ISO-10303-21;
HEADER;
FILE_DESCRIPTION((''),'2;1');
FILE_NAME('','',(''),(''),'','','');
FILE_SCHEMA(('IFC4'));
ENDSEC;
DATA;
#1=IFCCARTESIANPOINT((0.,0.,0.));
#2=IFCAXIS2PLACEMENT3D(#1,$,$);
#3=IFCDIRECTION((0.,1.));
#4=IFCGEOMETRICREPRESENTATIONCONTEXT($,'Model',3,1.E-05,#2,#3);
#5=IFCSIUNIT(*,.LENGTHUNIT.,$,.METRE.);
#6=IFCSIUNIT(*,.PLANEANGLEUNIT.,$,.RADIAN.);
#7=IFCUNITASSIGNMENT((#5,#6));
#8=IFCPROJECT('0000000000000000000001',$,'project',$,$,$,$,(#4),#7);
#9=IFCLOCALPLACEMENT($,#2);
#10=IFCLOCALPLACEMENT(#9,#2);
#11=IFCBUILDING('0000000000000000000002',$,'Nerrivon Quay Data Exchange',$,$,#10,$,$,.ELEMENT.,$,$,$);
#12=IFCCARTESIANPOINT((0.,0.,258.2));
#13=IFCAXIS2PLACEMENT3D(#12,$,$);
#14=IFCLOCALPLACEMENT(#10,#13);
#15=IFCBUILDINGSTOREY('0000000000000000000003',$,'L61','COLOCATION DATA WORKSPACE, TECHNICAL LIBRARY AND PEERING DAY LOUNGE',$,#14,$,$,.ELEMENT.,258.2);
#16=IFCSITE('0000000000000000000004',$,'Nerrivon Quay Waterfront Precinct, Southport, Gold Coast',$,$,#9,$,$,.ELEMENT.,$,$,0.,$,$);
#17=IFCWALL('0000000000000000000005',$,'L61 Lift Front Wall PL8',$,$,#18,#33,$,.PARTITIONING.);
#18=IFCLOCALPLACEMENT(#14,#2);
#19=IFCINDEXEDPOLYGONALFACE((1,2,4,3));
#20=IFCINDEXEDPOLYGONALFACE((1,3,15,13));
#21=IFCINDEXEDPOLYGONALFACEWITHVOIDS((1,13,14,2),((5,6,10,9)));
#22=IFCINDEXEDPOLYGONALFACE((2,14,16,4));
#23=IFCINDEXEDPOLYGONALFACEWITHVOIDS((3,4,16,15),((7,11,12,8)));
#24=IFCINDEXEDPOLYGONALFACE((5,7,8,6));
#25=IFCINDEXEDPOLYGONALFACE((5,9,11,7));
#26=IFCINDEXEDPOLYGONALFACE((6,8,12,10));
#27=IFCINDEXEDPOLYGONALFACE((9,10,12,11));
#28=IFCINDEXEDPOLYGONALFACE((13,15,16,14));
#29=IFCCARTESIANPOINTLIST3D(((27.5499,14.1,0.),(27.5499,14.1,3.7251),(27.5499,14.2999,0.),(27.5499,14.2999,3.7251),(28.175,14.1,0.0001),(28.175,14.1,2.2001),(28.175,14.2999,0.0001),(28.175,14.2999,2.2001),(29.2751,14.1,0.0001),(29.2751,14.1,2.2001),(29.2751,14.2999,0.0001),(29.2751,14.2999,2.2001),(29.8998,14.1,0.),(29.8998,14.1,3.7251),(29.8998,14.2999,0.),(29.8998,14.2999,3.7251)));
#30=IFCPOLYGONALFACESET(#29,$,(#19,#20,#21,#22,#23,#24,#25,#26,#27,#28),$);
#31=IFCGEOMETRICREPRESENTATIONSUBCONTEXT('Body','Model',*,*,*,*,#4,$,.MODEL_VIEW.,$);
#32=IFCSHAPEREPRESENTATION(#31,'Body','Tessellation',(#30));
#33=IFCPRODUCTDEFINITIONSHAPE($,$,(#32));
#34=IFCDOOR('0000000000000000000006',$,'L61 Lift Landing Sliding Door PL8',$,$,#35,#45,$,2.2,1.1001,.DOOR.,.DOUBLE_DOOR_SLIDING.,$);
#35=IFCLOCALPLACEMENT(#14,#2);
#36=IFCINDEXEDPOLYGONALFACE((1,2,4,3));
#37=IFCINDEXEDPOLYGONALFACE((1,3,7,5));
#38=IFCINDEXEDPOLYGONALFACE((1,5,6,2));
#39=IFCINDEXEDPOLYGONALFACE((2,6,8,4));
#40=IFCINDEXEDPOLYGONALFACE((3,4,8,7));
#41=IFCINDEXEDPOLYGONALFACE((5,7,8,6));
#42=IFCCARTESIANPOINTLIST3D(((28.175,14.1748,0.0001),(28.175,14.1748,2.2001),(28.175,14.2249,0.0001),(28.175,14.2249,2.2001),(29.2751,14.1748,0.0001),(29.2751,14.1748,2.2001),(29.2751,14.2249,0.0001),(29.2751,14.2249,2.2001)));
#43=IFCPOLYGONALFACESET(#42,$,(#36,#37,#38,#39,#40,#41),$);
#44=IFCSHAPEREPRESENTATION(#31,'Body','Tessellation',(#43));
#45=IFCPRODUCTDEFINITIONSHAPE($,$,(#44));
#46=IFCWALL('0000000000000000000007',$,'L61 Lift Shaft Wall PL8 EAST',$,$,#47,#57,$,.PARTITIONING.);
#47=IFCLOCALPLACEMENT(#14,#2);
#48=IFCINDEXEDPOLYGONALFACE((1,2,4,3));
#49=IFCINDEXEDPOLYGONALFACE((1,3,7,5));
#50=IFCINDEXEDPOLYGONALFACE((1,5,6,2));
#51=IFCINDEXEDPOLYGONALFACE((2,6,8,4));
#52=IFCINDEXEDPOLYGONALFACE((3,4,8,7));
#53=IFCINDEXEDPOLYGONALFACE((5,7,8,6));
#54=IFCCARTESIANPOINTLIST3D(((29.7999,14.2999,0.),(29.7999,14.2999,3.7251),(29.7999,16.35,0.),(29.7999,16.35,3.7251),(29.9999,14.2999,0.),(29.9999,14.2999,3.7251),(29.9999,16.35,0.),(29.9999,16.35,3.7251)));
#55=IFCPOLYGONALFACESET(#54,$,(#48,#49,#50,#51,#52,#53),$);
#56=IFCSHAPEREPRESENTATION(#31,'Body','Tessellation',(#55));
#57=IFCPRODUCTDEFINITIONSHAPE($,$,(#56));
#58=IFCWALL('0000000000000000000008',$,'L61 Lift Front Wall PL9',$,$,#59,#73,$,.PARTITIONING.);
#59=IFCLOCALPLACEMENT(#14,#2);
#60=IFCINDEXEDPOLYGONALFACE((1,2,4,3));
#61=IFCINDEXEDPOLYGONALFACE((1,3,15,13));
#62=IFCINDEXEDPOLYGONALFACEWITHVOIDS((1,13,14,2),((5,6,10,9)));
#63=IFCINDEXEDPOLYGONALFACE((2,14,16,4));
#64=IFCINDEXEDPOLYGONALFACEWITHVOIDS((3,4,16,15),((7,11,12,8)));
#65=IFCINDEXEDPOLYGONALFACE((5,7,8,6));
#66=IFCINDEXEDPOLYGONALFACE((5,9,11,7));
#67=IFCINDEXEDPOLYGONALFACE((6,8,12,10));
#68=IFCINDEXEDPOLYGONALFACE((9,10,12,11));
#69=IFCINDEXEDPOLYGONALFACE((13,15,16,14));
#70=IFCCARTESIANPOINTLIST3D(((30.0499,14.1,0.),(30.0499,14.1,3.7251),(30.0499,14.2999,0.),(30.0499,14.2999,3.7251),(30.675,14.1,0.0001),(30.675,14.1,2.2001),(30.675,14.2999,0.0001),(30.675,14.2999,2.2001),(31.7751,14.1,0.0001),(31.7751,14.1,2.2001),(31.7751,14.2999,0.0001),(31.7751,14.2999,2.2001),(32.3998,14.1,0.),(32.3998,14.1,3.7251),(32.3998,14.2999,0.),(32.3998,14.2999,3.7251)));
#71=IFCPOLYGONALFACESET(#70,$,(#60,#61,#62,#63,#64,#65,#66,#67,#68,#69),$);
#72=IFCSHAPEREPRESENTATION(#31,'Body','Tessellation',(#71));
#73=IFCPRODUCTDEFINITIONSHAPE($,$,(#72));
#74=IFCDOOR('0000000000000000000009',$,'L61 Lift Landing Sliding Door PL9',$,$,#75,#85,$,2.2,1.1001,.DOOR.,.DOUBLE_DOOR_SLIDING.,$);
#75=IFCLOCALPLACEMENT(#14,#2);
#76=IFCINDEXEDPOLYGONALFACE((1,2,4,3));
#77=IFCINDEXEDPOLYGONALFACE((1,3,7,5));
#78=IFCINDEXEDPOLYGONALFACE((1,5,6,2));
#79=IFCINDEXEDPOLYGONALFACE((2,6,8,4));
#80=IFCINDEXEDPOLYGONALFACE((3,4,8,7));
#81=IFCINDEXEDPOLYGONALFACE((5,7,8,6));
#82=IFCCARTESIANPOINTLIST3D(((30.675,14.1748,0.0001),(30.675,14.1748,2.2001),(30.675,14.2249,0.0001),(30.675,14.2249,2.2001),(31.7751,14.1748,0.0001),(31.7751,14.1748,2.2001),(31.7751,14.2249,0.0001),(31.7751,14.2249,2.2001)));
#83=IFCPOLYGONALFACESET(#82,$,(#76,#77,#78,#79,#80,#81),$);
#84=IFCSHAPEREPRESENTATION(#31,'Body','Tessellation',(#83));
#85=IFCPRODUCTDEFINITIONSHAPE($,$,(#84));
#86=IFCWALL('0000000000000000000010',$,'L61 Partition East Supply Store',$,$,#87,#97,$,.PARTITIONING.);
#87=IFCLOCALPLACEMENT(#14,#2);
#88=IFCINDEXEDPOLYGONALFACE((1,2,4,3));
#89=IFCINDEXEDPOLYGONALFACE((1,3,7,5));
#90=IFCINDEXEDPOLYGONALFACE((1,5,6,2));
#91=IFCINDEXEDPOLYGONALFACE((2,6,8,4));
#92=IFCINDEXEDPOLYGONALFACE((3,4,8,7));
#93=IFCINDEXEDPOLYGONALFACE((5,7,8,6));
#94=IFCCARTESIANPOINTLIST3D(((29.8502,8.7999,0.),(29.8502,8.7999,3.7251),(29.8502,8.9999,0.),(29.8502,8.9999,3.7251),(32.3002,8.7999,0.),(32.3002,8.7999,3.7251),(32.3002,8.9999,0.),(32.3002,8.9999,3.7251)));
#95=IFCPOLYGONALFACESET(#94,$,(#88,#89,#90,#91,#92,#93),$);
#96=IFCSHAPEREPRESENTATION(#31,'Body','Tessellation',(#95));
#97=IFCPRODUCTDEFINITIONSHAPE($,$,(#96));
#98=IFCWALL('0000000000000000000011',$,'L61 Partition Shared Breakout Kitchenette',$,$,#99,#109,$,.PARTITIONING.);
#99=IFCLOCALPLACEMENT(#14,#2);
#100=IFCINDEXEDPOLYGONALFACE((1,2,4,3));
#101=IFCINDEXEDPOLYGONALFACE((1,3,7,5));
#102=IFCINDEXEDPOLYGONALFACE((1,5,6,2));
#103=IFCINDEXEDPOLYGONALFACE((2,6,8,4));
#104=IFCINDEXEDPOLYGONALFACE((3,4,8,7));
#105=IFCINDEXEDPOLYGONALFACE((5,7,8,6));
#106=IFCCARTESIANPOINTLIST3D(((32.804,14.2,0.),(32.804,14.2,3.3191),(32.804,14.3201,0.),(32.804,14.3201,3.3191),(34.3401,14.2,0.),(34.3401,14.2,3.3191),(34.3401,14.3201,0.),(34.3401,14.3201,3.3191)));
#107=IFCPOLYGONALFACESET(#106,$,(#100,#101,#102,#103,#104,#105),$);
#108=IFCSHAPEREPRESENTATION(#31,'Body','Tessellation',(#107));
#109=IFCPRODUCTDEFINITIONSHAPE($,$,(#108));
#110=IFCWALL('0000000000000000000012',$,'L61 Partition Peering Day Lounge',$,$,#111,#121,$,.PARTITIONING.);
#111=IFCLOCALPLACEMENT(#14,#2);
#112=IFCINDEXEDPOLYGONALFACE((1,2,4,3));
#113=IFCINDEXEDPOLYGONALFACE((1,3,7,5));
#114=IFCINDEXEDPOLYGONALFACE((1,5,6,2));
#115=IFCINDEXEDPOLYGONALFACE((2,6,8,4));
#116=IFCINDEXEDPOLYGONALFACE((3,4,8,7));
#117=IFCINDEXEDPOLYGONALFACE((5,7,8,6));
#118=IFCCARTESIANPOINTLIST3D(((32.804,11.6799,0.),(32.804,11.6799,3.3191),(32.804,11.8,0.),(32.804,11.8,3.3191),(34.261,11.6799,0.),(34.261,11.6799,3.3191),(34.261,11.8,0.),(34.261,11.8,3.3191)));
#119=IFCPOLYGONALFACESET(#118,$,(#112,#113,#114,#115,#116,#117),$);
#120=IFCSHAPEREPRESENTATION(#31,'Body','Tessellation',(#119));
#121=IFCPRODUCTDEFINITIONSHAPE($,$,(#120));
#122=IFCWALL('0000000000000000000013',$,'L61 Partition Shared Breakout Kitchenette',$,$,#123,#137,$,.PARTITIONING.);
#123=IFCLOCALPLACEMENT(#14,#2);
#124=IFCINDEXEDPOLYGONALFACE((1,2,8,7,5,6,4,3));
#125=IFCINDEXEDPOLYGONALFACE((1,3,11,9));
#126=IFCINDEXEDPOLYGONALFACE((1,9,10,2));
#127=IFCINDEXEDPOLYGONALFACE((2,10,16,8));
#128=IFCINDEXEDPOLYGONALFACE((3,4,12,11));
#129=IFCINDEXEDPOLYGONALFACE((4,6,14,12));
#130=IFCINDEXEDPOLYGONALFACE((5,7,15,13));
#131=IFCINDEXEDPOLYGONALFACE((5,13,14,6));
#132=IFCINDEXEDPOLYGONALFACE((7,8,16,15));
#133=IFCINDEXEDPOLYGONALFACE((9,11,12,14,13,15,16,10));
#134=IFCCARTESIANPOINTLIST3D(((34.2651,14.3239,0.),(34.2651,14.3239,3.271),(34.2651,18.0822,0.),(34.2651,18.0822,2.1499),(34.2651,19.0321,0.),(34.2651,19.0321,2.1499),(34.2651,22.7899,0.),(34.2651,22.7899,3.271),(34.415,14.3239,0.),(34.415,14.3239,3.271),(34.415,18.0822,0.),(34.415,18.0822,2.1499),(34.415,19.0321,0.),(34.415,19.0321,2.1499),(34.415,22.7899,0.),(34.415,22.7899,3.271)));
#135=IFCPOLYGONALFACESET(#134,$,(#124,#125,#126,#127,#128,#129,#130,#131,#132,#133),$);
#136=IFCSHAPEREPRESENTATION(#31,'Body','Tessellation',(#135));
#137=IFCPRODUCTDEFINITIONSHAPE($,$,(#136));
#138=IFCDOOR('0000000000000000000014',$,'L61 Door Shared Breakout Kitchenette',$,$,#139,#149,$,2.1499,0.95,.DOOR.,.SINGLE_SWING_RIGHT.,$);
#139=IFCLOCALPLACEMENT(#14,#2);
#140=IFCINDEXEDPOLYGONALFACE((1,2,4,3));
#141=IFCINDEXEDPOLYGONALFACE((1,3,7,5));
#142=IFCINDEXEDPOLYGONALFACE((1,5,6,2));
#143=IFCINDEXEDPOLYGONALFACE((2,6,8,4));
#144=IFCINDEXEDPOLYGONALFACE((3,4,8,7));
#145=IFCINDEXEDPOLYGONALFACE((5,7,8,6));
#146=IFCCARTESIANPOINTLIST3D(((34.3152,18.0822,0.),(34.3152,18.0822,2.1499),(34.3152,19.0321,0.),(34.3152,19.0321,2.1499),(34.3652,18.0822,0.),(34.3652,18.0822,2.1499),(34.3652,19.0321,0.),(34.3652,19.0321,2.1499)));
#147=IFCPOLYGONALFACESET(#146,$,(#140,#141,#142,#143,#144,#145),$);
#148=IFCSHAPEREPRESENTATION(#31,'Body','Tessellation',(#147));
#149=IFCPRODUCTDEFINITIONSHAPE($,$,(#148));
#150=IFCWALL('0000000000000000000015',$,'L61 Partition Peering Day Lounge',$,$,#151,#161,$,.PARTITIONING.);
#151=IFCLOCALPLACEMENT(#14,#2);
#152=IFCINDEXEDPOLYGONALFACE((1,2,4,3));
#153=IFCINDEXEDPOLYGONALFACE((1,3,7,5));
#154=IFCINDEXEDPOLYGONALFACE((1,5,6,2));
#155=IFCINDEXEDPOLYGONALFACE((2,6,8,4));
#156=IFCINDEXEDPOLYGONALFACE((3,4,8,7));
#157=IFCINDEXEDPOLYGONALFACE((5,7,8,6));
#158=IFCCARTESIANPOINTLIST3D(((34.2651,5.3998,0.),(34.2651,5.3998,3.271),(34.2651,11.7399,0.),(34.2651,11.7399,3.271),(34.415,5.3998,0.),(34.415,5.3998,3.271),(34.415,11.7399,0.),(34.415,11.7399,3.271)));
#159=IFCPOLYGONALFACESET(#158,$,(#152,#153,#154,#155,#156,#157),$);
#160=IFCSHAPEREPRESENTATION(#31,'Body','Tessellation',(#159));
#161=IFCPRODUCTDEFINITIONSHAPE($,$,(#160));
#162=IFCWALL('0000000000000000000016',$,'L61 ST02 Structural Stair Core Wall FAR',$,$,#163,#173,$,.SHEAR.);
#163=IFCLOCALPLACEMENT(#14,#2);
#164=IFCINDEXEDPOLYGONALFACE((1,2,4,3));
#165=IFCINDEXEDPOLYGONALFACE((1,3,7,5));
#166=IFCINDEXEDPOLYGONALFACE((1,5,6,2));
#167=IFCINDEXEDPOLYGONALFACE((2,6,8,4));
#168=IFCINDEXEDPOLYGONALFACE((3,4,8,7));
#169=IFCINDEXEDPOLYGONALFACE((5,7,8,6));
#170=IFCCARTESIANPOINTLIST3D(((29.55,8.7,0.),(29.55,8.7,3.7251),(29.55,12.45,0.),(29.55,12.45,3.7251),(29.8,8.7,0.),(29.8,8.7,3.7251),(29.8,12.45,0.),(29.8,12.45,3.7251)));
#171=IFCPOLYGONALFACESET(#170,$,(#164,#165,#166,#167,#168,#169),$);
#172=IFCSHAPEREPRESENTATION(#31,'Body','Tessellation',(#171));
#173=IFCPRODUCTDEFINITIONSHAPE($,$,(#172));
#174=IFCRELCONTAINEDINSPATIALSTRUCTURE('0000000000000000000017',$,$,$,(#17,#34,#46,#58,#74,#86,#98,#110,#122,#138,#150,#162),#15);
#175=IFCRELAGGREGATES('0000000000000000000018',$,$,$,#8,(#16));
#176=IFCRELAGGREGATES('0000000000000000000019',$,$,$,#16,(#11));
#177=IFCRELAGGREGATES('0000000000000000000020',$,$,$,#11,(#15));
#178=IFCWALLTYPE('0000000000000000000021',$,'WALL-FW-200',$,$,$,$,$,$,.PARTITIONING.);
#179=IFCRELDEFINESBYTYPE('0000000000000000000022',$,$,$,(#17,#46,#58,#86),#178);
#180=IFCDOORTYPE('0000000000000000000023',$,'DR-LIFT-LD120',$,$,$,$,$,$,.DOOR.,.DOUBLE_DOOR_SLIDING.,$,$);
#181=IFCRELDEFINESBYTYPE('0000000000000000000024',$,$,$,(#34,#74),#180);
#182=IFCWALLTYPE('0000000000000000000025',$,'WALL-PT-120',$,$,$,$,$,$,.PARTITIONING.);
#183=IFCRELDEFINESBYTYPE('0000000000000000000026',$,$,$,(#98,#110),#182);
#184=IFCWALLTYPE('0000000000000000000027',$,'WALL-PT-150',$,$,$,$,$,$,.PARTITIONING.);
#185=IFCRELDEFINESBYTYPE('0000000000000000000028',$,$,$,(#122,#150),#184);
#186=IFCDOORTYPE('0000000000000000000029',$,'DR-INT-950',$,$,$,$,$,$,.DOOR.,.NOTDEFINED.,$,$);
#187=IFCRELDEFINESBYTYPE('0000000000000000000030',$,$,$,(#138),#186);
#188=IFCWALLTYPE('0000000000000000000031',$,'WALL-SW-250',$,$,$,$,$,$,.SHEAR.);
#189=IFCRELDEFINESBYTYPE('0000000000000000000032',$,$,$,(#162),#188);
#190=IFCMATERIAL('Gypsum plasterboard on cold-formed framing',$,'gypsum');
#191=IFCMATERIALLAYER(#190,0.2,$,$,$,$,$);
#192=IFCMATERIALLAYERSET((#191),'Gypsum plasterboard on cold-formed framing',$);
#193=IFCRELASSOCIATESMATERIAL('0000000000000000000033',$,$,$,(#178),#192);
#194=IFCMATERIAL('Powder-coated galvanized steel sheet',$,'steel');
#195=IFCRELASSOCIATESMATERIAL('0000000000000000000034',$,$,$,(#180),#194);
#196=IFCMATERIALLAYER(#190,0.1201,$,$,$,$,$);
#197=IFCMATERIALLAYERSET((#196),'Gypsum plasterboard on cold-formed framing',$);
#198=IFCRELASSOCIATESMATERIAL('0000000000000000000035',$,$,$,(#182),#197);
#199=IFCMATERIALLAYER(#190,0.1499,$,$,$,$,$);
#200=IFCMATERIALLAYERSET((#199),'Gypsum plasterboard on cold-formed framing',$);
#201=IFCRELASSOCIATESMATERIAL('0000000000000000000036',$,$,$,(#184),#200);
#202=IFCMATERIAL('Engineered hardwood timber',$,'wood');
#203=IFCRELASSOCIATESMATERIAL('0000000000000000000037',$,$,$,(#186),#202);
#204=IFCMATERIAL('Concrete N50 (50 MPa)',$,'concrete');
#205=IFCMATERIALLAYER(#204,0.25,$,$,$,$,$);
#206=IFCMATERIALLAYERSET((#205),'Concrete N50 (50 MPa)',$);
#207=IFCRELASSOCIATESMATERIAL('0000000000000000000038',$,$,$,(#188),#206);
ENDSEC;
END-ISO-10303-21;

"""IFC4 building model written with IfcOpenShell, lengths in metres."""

from ifc_helpers import new_model, si_unit, direction, frame, frame_2d, origin, place, context, subcontext, project, spatial, rectangle, extrude, material, layer, layer_set, type_object, element, fill, save


model = new_model("IFC4")

# Units and contexts
model_context = context("Model", 3, precision=1e-05, world=origin(), true_north=direction((0.0, 1.0)))
body_context = subcontext(model_context, "Body", "Model", "MODEL_VIEW")
ifc_project = project(units=[si_unit("LENGTHUNIT", "METRE"), si_unit("PLANEANGLEUNIT", "RADIAN")], contexts=[model_context])

# Site, building, storey
site_placement = place(None, origin())
site = spatial("IfcSite", under=ifc_project, at=site_placement, Name="Nerrivon Quay Waterfront Precinct, Southport, Gold Coast", CompositionType="ELEMENT", RefElevation=0.0)
building_placement = place(site_placement, origin())
building = spatial("IfcBuilding", under=site, at=building_placement, Name="Nerrivon Quay Data Exchange", CompositionType="ELEMENT")
storey_placement = place(building_placement, frame((0.0, 0.0, 258.2)))
storey = spatial("IfcBuildingStorey", under=building, at=storey_placement, Name="L61", Description="COLOCATION DATA WORKSPACE, TECHNICAL LIBRARY AND PEERING DAY LOUNGE", CompositionType="ELEMENT", Elevation=258.2)

# Shared definitions
ifc_material_1 = material(Name="Concrete N50 (50 MPa)", Category="concrete")

# Shared definitions
ifc_material_2 = material(Name="Powder-coated galvanized steel sheet", Category="steel")

# Shared definitions
ifc_material_3 = material(Name="Gypsum plasterboard on cold-formed framing", Category="gypsum")
ifc_layer_1 = layer(ifc_material_3, 0.2)
ifc_layer_set_1 = layer_set([ifc_layer_1], Name="Gypsum plasterboard on cold-formed framing")
wall_type_1 = type_object("IfcWallType", Name="WALL-FW-200", PredefinedType="PARTITIONING", material=ifc_layer_set_1)

# Wall, opening, door
wall_1_placement = place(storey_placement, frame((27.55, 14.2, 0.0), z_axis=(0.0, 0.0, 1.0), x_axis=(1.0, 0.0, 0.0)))
wall_1 = element("IfcWall", 1, at=wall_1_placement, inside=storey, type_object=wall_type_1, Name="L61 Lift Front Wall PL8", PredefinedType="PARTITIONING", context=body_context, shape_type="SweptSolid", body=[
    extrude(rectangle(XDim=2.3499, YDim=0.2, at=frame_2d((1.1748, 0.0))), origin(), (0.0, 0.0, 1.0), 3.7251),
])
opening_1_placement = place(wall_1_placement, frame((0.625, 0.0, 0.0)))
opening_1 = element("IfcOpeningElement", 2, at=opening_1_placement, cuts=wall_1, PredefinedType="OPENING", context=body_context, shape_type="SweptSolid", body=[
    extrude(rectangle(XDim=1.1001, YDim=2.2, at=frame_2d((0.55, 1.1001))), frame((0.0, 0.1099, 0.0), z_axis=(0.0, -1.0, 0.0), x_axis=(1.0, 0.0, 0.0)), (0.0, 0.0, 1.0), 0.22),
])
door_type_1 = type_object("IfcDoorType", Name="DR-LIFT-LD120", OperationType="DOUBLE_DOOR_SLIDING", PredefinedType="DOOR", material=ifc_material_2)
door_1_placement = place(opening_1_placement, origin())
door_1 = element("IfcDoor", 3, at=door_1_placement, inside=storey, type_object=door_type_1, Name="L61 Lift Landing Sliding Door PL8", OperationType="DOUBLE_DOOR_SLIDING", OverallHeight=2.2, OverallWidth=1.1001, PredefinedType="DOOR", context=body_context, shape_type="SweptSolid", body=[
    extrude(rectangle(XDim=1.1001, YDim=2.2, at=frame_2d((0.55, 1.1001))), frame((0.0, 0.0249, 0.0), z_axis=(0.0, -1.0, 0.0), x_axis=(1.0, 0.0, 0.0)), (0.0, 0.0, 1.0), 0.05),
])
fill(opening_1, door_1)

# Wall
wall_2_placement = place(storey_placement, frame((29.8999, 14.3, 0.0), z_axis=(0.0, 0.0, 1.0), x_axis=(0.0, 1.0, 0.0)))
element("IfcWall", 4, at=wall_2_placement, inside=storey, type_object=wall_type_1, Name="L61 Lift Shaft Wall PL8 EAST", PredefinedType="PARTITIONING", context=body_context, shape_type="SweptSolid", body=[
    extrude(rectangle(XDim=2.05, YDim=0.2, at=frame_2d((1.0249, 0.0))), origin(), (0.0, 0.0, 1.0), 3.7251),
])

# Wall, opening, door
wall_3_placement = place(storey_placement, frame((30.05, 14.2, 0.0), z_axis=(0.0, 0.0, 1.0), x_axis=(1.0, 0.0, 0.0)))
wall_3 = element("IfcWall", 5, at=wall_3_placement, inside=storey, type_object=wall_type_1, Name="L61 Lift Front Wall PL9", PredefinedType="PARTITIONING", context=body_context, shape_type="SweptSolid", body=[
    extrude(rectangle(XDim=2.3499, YDim=0.2, at=frame_2d((1.1748, 0.0))), origin(), (0.0, 0.0, 1.0), 3.7251),
])
opening_2_placement = place(wall_3_placement, frame((0.625, 0.0, 0.0)))
opening_2 = element("IfcOpeningElement", 6, at=opening_2_placement, cuts=wall_3, PredefinedType="OPENING", context=body_context, shape_type="SweptSolid", body=[
    extrude(rectangle(XDim=1.1001, YDim=2.2, at=frame_2d((0.55, 1.1001))), frame((0.0, 0.1099, 0.0), z_axis=(0.0, -1.0, 0.0), x_axis=(1.0, 0.0, 0.0)), (0.0, 0.0, 1.0), 0.22),
])
door_2_placement = place(opening_2_placement, origin())
door_2 = element("IfcDoor", 7, at=door_2_placement, inside=storey, type_object=door_type_1, Name="L61 Lift Landing Sliding Door PL9", OperationType="DOUBLE_DOOR_SLIDING", OverallHeight=2.2, OverallWidth=1.1001, PredefinedType="DOOR", context=body_context, shape_type="SweptSolid", body=[
    extrude(rectangle(XDim=1.1001, YDim=2.2, at=frame_2d((0.55, 1.1001))), frame((0.0, 0.0249, 0.0), z_axis=(0.0, -1.0, 0.0), x_axis=(1.0, 0.0, 0.0)), (0.0, 0.0, 1.0), 0.05),
])
fill(opening_2, door_2)
ifc_material_4 = material(Name="Engineered hardwood timber", Category="wood")

# Walls
wall_4_placement = place(storey_placement, frame((29.8501, 8.8999, 0.0), z_axis=(0.0, 0.0, 1.0), x_axis=(1.0, 0.0, 0.0)))
element("IfcWall", 8, at=wall_4_placement, inside=storey, type_object=wall_type_1, Name="L61 Partition East Supply Store", PredefinedType="PARTITIONING", context=body_context, shape_type="SweptSolid", body=[
    extrude(rectangle(XDim=2.45, YDim=0.2, at=frame_2d((1.2251, 0.0))), origin(), (0.0, 0.0, 1.0), 3.7251),
])
ifc_layer_2 = layer(ifc_material_3, 0.1201)
ifc_layer_set_2 = layer_set([ifc_layer_2], Name="Gypsum plasterboard on cold-formed framing")
wall_type_2 = type_object("IfcWallType", Name="WALL-PT-120", PredefinedType="PARTITIONING", material=ifc_layer_set_2)
wall_5_placement = place(storey_placement, frame((32.804, 14.26, 0.0), z_axis=(0.0, 0.0, 1.0), x_axis=(1.0, 0.0, 0.0)))
element("IfcWall", 9, at=wall_5_placement, inside=storey, type_object=wall_type_2, Name="L61 Partition Shared Breakout Kitchenette", PredefinedType="PARTITIONING", context=body_context, shape_type="SweptSolid", body=[
    extrude(rectangle(XDim=1.5361, YDim=0.1201, at=frame_2d((0.7681, 0.0))), origin(), (0.0, 0.0, 1.0), 3.3191),
])
wall_6_placement = place(storey_placement, frame((34.261, 11.74, 0.0), z_axis=(0.0, 0.0, 1.0), x_axis=(-1.0, 0.0, 0.0)))
element("IfcWall", 10, at=wall_6_placement, inside=storey, type_object=wall_type_2, Name="L61 Partition Peering Day Lounge", PredefinedType="PARTITIONING", context=body_context, shape_type="SweptSolid", body=[
    extrude(rectangle(XDim=1.457, YDim=0.1201, at=frame_2d((0.7285, 0.0))), origin(), (0.0, 0.0, 1.0), 3.3191),
])

# Wall, opening, door
ifc_layer_3 = layer(ifc_material_3, 0.1499)
ifc_layer_set_3 = layer_set([ifc_layer_3], Name="Gypsum plasterboard on cold-formed framing")
wall_type_3 = type_object("IfcWallType", Name="WALL-PT-150", PredefinedType="PARTITIONING", material=ifc_layer_set_3)
wall_7_placement = place(storey_placement, frame((34.3401, 14.324, 0.0), z_axis=(0.0, 0.0, 1.0), x_axis=(0.0, 1.0, 0.0)))
wall_7 = element("IfcWall", 11, at=wall_7_placement, inside=storey, type_object=wall_type_3, Name="L61 Partition Shared Breakout Kitchenette", PredefinedType="PARTITIONING", context=body_context, shape_type="SweptSolid", body=[
    extrude(rectangle(XDim=8.4661, YDim=0.1499, at=frame_2d((4.2329, 0.0))), origin(), (0.0, 0.0, 1.0), 3.271),
])
opening_3_placement = place(wall_7_placement, frame((3.7581, 0.0, 0.0)))
opening_3 = element("IfcOpeningElement", 12, at=opening_3_placement, cuts=wall_7, PredefinedType="OPENING", context=body_context, shape_type="SweptSolid", body=[
    extrude(rectangle(XDim=0.95, YDim=2.1499, at=frame_2d((0.4751, 1.075))), frame((0.0, 0.085, 0.0), z_axis=(0.0, -1.0, 0.0), x_axis=(1.0, 0.0, 0.0)), (0.0, 0.0, 1.0), 0.1699),
])
door_type_2 = type_object("IfcDoorType", Name="DR-INT-950", OperationType="NOTDEFINED", PredefinedType="DOOR", material=ifc_material_4)
door_3_placement = place(opening_3_placement, origin())
door_3 = element("IfcDoor", 13, at=door_3_placement, inside=storey, type_object=door_type_2, Name="L61 Door Shared Breakout Kitchenette", OperationType="SINGLE_SWING_RIGHT", OverallHeight=2.1499, OverallWidth=0.95, PredefinedType="DOOR", context=body_context, shape_type="SweptSolid", body=[
    extrude(rectangle(XDim=0.95, YDim=2.1499, at=frame_2d((0.4751, 1.075))), frame((0.0, 0.0249, 0.0), z_axis=(0.0, -1.0, 0.0), x_axis=(1.0, 0.0, 0.0)), (0.0, 0.0, 1.0), 0.05),
])
fill(opening_3, door_3)

# Walls
wall_8_placement = place(storey_placement, frame((34.3401, 5.3999, 0.0), z_axis=(0.0, 0.0, 1.0), x_axis=(0.0, 1.0, 0.0)))
element("IfcWall", 14, at=wall_8_placement, inside=storey, type_object=wall_type_3, Name="L61 Partition Peering Day Lounge", PredefinedType="PARTITIONING", context=body_context, shape_type="SweptSolid", body=[
    extrude(rectangle(XDim=6.3401, YDim=0.1499, at=frame_2d((3.1699, 0.0))), origin(), (0.0, 0.0, 1.0), 3.271),
])
ifc_layer_4 = layer(ifc_material_1, 0.25)
ifc_layer_set_4 = layer_set([ifc_layer_4], Name="Concrete N50 (50 MPa)")
wall_type_4 = type_object("IfcWallType", Name="WALL-SW-250", PredefinedType="SHEAR", material=ifc_layer_set_4)
wall_9_placement = place(storey_placement, frame((29.675, 8.7, 0.0), z_axis=(0.0, 0.0, 1.0), x_axis=(0.0, 1.0, 0.0)))
element("IfcWall", 15, at=wall_9_placement, inside=storey, type_object=wall_type_4, Name="L61 ST02 Structural Stair Core Wall FAR", PredefinedType="SHEAR", context=body_context, shape_type="SweptSolid", body=[
    extrude(rectangle(XDim=3.75, YDim=0.25, at=frame_2d((1.875, 0.0))), origin(), (0.0, 0.0, 1.0), 3.7251),
])

save(model, "model.ifc")
